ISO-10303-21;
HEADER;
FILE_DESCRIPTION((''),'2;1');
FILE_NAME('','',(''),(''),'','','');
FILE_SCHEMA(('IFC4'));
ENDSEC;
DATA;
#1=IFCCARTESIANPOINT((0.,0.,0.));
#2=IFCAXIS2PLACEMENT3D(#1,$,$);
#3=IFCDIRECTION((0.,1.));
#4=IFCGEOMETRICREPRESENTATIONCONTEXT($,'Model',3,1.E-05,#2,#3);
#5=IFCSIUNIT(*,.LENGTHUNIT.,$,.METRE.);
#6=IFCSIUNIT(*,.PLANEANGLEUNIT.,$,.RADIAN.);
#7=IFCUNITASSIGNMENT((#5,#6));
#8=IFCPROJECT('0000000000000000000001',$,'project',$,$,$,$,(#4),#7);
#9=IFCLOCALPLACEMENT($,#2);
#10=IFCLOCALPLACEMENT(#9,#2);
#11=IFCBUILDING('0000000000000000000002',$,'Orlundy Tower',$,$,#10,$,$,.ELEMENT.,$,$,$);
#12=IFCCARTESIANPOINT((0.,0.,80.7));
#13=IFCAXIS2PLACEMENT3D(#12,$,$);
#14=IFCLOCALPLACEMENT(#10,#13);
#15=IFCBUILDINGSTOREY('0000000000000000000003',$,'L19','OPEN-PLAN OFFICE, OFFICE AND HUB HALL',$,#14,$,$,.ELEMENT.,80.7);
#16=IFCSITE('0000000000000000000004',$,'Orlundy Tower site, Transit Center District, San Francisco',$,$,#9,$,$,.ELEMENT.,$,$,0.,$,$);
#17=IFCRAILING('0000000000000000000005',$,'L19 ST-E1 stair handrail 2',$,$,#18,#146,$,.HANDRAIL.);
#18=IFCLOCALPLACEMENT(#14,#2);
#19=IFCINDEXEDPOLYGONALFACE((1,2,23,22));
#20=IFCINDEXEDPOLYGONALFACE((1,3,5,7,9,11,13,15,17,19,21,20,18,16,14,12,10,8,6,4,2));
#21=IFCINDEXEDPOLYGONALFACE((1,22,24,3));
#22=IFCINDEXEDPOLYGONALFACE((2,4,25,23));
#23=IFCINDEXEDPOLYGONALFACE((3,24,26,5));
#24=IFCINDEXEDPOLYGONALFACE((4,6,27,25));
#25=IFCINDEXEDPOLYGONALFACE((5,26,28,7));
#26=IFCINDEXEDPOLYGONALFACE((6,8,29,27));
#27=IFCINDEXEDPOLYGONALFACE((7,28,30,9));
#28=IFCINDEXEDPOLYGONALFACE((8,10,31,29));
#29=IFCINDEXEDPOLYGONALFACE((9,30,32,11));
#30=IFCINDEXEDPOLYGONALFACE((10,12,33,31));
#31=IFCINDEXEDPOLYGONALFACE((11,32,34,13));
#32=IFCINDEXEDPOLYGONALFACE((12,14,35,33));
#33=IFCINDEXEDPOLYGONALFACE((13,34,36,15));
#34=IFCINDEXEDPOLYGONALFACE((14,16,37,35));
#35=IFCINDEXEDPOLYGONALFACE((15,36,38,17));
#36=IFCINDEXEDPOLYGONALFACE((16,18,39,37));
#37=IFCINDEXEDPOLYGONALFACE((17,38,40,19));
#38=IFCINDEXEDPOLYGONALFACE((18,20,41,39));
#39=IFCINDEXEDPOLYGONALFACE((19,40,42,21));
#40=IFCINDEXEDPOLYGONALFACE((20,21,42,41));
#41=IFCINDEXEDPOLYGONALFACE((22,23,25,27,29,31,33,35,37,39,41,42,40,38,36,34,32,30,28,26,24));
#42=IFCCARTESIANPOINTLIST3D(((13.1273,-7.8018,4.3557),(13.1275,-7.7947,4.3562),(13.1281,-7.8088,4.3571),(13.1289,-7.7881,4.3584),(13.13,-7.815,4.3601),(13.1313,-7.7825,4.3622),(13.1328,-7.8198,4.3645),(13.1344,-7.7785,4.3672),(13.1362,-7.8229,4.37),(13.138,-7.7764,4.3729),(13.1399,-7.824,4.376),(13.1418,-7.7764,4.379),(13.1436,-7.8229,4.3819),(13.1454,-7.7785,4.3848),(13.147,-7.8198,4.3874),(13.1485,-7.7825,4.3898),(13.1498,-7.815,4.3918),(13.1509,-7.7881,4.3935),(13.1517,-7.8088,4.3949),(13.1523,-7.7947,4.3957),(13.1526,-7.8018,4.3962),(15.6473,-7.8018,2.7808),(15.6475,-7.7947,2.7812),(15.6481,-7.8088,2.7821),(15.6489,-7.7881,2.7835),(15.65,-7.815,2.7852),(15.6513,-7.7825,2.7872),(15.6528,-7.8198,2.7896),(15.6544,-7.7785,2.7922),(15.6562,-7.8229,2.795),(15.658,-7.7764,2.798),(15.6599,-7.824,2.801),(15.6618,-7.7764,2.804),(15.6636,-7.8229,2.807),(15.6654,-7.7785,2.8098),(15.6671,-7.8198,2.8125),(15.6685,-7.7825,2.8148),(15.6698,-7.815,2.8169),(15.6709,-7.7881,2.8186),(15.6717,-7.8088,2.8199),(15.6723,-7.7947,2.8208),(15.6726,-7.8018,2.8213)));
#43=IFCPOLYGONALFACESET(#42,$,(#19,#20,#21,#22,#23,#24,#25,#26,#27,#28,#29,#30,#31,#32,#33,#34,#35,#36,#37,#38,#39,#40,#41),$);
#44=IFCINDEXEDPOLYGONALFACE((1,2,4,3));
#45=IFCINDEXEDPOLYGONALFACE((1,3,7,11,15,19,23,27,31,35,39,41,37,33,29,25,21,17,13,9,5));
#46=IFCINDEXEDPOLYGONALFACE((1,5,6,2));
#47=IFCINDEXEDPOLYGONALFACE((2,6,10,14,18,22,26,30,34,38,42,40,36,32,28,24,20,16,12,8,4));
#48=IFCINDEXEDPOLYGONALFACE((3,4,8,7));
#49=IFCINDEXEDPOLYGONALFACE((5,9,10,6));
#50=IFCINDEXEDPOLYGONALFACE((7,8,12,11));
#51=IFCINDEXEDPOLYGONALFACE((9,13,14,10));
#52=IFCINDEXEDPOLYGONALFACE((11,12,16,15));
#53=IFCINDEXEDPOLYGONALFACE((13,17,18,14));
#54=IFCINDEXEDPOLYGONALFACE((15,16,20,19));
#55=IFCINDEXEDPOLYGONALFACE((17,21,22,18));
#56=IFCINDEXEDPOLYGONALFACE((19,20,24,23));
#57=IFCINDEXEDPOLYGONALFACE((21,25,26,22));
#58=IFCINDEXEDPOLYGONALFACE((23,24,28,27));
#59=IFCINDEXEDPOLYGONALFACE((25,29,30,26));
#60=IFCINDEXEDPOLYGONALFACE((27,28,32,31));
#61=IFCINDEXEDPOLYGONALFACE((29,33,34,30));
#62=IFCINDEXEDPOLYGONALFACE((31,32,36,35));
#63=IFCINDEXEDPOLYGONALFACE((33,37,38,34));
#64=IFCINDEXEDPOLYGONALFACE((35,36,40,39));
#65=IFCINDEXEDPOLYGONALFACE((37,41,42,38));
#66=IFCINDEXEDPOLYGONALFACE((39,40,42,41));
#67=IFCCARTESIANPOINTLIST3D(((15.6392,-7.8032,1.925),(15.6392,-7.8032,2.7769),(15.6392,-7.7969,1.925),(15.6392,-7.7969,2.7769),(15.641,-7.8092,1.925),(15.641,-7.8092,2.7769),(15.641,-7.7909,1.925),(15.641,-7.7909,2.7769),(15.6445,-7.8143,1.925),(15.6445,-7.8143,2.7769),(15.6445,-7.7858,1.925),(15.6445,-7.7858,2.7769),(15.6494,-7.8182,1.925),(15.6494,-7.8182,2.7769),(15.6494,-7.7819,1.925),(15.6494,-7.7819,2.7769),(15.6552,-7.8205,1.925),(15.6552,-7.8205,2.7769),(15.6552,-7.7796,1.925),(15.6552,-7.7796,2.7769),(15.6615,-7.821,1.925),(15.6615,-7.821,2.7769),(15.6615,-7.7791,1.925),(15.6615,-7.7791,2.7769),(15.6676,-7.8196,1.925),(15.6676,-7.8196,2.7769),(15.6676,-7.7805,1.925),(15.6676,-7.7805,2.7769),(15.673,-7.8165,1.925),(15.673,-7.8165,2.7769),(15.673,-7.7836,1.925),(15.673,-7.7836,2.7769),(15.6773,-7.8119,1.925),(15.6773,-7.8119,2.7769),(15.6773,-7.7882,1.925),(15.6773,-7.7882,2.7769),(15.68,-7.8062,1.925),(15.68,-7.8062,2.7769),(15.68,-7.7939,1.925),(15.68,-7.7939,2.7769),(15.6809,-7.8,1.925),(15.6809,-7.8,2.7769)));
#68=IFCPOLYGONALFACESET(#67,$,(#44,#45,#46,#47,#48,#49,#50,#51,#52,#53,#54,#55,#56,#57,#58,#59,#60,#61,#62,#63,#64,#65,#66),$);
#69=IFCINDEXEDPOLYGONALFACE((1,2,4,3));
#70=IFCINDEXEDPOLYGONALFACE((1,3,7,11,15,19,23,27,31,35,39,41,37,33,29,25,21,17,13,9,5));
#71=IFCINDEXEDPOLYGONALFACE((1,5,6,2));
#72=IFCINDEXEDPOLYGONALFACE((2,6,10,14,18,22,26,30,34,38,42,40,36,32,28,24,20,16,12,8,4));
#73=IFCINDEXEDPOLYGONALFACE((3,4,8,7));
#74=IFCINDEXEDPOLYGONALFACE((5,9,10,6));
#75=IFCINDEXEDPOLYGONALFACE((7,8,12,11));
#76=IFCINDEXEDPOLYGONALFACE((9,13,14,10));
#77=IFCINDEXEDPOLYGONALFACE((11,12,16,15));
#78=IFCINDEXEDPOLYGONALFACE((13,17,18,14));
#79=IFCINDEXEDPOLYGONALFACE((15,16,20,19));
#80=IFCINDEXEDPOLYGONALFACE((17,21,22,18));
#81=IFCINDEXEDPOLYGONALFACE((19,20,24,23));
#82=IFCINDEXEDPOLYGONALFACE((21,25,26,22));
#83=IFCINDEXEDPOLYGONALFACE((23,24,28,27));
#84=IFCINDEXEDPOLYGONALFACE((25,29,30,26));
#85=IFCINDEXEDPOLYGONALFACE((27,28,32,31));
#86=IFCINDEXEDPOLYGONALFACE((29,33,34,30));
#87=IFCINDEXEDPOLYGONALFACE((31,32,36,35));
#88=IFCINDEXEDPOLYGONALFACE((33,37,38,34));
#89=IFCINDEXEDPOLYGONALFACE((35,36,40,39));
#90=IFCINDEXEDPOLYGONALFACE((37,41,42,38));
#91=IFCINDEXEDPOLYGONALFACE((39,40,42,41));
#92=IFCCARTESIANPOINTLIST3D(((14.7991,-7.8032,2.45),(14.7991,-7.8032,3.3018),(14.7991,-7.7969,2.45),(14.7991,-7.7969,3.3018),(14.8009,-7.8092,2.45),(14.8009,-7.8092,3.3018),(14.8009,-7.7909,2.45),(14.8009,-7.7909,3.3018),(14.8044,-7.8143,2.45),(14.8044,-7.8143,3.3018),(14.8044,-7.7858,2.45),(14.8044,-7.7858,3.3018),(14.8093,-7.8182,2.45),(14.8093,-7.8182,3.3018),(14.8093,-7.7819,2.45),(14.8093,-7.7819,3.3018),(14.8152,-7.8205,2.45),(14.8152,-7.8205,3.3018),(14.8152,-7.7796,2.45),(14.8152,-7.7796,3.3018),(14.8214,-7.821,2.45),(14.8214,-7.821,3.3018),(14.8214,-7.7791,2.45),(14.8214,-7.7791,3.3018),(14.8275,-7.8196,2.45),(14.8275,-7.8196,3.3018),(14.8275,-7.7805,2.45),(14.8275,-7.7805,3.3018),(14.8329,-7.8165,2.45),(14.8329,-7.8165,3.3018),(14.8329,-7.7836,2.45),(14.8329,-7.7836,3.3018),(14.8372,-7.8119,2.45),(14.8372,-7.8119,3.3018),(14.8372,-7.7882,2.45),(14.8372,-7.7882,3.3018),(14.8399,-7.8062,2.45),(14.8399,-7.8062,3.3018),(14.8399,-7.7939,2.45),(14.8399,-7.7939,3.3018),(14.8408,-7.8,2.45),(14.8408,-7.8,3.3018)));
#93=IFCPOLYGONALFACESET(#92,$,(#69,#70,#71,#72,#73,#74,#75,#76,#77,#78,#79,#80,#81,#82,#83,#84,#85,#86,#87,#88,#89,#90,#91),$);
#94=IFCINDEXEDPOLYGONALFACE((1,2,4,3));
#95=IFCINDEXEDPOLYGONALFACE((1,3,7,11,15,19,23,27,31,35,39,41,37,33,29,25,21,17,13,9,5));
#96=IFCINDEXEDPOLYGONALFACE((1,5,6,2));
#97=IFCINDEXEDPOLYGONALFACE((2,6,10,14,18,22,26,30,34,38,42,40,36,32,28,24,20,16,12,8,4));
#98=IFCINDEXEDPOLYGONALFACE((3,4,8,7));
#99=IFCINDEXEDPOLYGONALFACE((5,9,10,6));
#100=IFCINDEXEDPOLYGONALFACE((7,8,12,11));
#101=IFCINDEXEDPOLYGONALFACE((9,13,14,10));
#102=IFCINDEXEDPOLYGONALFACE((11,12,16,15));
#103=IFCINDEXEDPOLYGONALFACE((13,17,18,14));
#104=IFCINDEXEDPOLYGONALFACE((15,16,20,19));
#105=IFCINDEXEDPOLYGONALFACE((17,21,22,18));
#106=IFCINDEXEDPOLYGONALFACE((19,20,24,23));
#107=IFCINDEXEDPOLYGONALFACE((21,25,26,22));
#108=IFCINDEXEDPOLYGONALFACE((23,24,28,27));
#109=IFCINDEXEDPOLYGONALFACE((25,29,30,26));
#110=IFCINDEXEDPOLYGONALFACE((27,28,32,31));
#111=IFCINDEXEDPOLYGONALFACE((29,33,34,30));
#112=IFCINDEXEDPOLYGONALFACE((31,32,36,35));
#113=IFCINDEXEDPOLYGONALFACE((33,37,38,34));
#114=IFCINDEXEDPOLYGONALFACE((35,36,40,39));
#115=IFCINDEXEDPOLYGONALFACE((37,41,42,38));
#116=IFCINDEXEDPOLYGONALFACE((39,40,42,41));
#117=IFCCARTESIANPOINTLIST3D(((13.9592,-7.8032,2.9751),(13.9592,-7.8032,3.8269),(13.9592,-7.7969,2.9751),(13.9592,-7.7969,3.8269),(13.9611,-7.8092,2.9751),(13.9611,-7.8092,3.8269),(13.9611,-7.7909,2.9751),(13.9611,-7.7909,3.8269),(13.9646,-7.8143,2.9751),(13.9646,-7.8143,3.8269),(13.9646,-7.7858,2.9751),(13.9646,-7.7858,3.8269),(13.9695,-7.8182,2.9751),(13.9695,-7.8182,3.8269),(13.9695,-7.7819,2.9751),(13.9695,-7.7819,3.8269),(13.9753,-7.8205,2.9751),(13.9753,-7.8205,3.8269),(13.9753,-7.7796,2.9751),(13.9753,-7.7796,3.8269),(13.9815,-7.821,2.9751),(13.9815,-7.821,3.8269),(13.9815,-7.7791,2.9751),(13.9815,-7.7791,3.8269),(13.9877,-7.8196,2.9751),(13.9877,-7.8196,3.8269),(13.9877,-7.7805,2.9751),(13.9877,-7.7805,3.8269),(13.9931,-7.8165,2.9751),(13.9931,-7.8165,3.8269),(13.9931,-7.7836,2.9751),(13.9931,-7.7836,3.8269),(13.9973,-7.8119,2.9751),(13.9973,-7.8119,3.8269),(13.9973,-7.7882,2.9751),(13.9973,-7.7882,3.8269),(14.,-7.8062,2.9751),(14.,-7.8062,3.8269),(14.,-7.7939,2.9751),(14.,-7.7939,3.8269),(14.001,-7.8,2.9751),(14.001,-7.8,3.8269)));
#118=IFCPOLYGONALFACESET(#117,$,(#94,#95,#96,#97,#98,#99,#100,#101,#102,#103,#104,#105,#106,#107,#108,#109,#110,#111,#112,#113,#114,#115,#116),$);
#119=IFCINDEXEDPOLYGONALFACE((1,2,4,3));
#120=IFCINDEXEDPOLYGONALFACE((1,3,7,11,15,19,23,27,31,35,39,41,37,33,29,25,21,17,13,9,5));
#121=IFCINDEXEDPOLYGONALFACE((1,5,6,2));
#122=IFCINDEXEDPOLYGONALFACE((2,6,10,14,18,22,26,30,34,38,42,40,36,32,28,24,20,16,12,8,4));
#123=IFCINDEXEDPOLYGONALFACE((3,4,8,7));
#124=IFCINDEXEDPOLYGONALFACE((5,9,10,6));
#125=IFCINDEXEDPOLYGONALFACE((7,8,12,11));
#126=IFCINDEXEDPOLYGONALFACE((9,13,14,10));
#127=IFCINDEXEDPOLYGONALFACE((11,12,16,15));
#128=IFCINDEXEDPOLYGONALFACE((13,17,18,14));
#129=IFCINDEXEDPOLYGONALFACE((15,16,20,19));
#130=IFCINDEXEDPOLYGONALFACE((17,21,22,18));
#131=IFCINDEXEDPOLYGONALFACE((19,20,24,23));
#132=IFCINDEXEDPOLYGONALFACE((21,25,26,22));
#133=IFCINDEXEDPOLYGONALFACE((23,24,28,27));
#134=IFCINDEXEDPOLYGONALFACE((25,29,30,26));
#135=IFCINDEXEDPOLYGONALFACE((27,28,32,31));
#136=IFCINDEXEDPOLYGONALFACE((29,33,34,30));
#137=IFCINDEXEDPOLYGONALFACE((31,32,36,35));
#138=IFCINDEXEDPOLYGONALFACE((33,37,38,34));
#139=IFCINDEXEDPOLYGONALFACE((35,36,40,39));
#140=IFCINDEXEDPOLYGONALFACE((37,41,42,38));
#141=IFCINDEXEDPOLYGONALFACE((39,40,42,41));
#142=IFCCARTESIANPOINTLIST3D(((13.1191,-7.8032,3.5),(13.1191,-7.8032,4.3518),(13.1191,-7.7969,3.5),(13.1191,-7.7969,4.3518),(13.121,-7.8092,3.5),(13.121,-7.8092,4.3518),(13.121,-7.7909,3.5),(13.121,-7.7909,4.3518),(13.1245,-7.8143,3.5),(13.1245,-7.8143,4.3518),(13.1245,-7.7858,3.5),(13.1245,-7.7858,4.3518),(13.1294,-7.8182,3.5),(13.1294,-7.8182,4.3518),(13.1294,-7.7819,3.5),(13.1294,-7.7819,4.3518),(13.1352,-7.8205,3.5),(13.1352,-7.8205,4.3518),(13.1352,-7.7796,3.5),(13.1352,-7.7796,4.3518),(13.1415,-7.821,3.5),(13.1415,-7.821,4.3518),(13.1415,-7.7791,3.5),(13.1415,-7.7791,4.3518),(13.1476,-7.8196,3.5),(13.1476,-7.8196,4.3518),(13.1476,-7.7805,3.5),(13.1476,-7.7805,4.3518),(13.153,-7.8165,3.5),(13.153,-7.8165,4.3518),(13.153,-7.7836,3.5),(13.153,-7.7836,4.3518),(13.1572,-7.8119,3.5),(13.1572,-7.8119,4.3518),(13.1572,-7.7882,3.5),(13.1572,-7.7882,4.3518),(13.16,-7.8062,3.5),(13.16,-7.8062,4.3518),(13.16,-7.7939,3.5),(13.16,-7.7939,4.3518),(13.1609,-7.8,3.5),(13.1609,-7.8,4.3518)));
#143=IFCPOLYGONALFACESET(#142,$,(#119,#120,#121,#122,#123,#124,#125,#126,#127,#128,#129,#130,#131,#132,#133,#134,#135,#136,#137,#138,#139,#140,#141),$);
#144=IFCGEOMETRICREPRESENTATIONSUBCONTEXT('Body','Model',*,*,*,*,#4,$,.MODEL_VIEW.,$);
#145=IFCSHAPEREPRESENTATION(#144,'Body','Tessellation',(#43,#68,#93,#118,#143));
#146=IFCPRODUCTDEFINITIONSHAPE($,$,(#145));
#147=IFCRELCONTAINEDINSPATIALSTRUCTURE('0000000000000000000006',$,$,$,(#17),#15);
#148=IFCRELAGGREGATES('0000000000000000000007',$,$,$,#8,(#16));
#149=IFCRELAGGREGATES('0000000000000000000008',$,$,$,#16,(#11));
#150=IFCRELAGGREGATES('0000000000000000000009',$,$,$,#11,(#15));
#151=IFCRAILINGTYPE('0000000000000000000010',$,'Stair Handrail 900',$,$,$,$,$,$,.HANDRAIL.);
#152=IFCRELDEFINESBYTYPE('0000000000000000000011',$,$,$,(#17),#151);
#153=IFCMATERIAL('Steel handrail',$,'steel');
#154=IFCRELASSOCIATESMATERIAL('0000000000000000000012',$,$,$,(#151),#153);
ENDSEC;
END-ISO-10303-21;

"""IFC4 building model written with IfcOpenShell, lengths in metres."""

from ifc_helpers import new_model, si_unit, direction, frame, origin, origin_2d, place, context, subcontext, project, spatial, circle, extrude, material, type_object, element, save


model = new_model("IFC4")

# Units and contexts
model_context = context("Model", 3, precision=1e-05, world=origin(), true_north=direction((0.0, 1.0)))
body_context = subcontext(model_context, "Body", "Model", "MODEL_VIEW")
ifc_project = project(units=[si_unit("LENGTHUNIT", "METRE"), si_unit("PLANEANGLEUNIT", "RADIAN")], contexts=[model_context])

# Site, building, storey
site_placement = place(None, origin())
site = spatial("IfcSite", under=ifc_project, at=site_placement, Name="Orlundy Tower site, Transit Center District, San Francisco", CompositionType="ELEMENT", RefElevation=0.0)
building_placement = place(site_placement, origin())
building = spatial("IfcBuilding", under=site, at=building_placement, Name="Orlundy Tower", CompositionType="ELEMENT")
storey_placement = place(building_placement, frame((0.0, 0.0, 80.7)))
storey = spatial("IfcBuildingStorey", under=building, at=storey_placement, Name="L19", Description="OPEN-PLAN OFFICE, OFFICE AND HUB HALL", CompositionType="ELEMENT", Elevation=80.7)

# Railing
ifc_material_1 = material(Name="Steel handrail", Category="steel")
railing_type_1 = type_object("IfcRailingType", Name="Stair Handrail 900", PredefinedType="HANDRAIL", material=ifc_material_1)
railing_1_placement = place(storey_placement, frame((15.6599, -7.8, 1.925)))
element("IfcRailing", 1, at=railing_1_placement, inside=storey, type_object=railing_type_1, Name="L19 ST-E1 stair handrail 2", PredefinedType="HANDRAIL", context=body_context, shape_type="SweptSolid", body=[
    extrude(circle(Radius=0.0239, at=origin_2d()), frame((0.0, 0.0, 0.876), z_axis=(-0.848008, 0.0, 0.529984), x_axis=(0.0, -1.0, 0.0)), (0.0, 0.0, 1.0), 2.9717),
    extrude(circle(Radius=0.021, at=origin_2d()), origin(), (0.0, 0.0, 1.0), 0.8518),
    extrude(circle(Radius=0.021, at=origin_2d()), frame((-0.8401, 0.0, 0.5249)), (0.0, 0.0, 1.0), 0.8518),
    extrude(circle(Radius=0.021, at=origin_2d()), frame((-1.6799, 0.0, 1.05)), (0.0, 0.0, 1.0), 0.8518),
    extrude(circle(Radius=0.021, at=origin_2d()), frame((-2.52, 0.0, 1.575)), (0.0, 0.0, 1.0), 0.8518),
])

save(model, "model.ifc")
